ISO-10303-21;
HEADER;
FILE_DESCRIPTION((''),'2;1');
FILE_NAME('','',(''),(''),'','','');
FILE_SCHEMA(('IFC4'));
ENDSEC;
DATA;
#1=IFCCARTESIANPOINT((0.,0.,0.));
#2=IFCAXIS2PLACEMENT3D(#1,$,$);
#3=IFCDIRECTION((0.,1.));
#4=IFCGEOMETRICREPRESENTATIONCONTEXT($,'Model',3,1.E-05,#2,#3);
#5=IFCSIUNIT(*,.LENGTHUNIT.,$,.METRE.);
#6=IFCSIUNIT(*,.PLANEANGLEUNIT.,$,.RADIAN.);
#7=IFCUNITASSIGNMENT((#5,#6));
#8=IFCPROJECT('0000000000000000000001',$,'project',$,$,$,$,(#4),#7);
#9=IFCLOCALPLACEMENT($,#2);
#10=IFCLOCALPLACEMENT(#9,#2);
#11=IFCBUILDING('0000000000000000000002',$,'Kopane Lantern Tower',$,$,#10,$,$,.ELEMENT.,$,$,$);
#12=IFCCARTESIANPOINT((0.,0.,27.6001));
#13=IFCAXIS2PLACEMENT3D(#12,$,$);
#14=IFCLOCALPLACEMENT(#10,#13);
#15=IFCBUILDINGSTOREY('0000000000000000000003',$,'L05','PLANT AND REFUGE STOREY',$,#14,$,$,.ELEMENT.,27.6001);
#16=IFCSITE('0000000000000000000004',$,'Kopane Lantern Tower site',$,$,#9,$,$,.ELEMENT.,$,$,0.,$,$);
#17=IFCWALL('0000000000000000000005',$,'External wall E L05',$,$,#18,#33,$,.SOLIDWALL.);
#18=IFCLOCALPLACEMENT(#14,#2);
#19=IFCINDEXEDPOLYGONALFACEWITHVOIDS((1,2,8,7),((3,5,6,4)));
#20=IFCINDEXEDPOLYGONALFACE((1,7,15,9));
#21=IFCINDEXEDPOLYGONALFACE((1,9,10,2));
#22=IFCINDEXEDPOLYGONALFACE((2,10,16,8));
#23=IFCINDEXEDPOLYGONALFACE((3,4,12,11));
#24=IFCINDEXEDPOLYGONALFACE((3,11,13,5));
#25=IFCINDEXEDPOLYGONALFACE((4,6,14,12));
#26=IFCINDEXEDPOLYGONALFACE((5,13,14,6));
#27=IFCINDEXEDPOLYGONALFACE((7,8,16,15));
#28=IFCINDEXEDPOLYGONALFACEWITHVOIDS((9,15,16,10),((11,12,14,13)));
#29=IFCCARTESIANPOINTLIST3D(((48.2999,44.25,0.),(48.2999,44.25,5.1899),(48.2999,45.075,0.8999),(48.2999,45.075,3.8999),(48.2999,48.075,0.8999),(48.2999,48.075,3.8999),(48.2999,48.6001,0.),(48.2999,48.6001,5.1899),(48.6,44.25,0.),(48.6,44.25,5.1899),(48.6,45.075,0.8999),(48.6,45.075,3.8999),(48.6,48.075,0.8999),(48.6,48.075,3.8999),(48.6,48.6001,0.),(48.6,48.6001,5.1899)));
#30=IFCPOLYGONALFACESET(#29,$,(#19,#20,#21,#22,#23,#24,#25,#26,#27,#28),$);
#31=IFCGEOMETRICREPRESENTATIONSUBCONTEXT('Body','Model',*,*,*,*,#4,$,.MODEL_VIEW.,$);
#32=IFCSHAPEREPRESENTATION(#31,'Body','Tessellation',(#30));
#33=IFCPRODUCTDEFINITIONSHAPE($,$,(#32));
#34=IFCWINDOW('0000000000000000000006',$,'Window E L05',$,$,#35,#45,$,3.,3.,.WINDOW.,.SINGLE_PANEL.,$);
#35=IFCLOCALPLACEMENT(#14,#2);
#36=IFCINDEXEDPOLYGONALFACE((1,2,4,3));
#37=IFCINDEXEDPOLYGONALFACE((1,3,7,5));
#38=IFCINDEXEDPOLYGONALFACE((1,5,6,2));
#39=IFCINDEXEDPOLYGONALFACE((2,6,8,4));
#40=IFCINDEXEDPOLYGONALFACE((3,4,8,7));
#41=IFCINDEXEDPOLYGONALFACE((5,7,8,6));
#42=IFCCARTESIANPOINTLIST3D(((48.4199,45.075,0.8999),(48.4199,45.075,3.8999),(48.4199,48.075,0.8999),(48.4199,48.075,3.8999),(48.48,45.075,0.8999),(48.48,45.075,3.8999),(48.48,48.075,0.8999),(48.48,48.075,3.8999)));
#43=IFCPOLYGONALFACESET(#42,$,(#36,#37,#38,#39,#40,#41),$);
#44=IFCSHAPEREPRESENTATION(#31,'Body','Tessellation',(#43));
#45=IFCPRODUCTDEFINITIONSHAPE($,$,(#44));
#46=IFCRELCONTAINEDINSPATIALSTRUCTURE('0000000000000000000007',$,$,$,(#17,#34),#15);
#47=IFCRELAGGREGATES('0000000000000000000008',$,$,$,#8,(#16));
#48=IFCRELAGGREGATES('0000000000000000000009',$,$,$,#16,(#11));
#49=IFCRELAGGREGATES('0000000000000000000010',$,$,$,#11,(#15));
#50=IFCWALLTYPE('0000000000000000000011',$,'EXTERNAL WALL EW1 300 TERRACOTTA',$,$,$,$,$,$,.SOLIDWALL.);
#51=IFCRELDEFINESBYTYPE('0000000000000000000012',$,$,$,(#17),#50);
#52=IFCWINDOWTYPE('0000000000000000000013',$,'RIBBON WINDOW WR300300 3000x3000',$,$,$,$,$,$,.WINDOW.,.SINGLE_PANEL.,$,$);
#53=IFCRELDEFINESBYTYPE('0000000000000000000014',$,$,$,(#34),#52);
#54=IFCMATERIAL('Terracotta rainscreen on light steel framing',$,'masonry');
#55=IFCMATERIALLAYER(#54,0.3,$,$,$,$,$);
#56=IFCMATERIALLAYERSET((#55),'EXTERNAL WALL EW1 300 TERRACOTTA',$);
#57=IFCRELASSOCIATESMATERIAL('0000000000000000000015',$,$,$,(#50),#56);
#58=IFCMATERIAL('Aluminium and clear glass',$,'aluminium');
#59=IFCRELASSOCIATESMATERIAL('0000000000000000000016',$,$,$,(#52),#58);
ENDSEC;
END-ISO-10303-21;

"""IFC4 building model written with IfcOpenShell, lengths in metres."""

from ifc_helpers import new_model, si_unit, direction, frame, frame_2d, origin, place, context, subcontext, project, spatial, rectangle, extrude, material, layer, layer_set, type_object, element, fill, save


model = new_model("IFC4")

# Units and contexts
model_context = context("Model", 3, precision=1e-05, world=origin(), true_north=direction((0.0, 1.0)))
body_context = subcontext(model_context, "Body", "Model", "MODEL_VIEW")
ifc_project = project(units=[si_unit("LENGTHUNIT", "METRE"), si_unit("PLANEANGLEUNIT", "RADIAN")], contexts=[model_context])

# Site, building, storey
site_placement = place(None, origin())
site = spatial("IfcSite", under=ifc_project, at=site_placement, Name="Kopane Lantern Tower site", CompositionType="ELEMENT", RefElevation=0.0)
building_placement = place(site_placement, origin())
building = spatial("IfcBuilding", under=site, at=building_placement, Name="Kopane Lantern Tower", CompositionType="ELEMENT")
storey_placement = place(building_placement, frame((0.0, 0.0, 27.6001)))
storey = spatial("IfcBuildingStorey", under=building, at=storey_placement, Name="L05", Description="PLANT AND REFUGE STOREY", CompositionType="ELEMENT", Elevation=27.6001)

# Wall, opening, window
ifc_material_1 = material(Name="Terracotta rainscreen on light steel framing", Category="masonry")
ifc_layer_1 = layer(ifc_material_1, 0.3)
ifc_layer_set_1 = layer_set([ifc_layer_1], Name="EXTERNAL WALL EW1 300 TERRACOTTA")
wall_type_1 = type_object("IfcWallType", Name="EXTERNAL WALL EW1 300 TERRACOTTA", PredefinedType="SOLIDWALL", material=ifc_layer_set_1)
wall_1_placement = place(storey_placement, frame((48.45, 44.25, 0.0), z_axis=(0.0, 0.0, 1.0), x_axis=(0.0, 1.0, 0.0)))
wall_1 = element("IfcWall", 1, at=wall_1_placement, inside=storey, type_object=wall_type_1, Name="External wall E L05", PredefinedType="SOLIDWALL", context=body_context, shape_type="SweptSolid", body=[
    extrude(rectangle(XDim=4.3501, YDim=0.3, at=frame_2d((2.175, 0.0))), origin(), (0.0, 0.0, 1.0), 5.1899),
])
opening_1_placement = place(wall_1_placement, frame((0.825, 0.0, 0.8999)))
opening_1 = element("IfcOpeningElement", 2, at=opening_1_placement, cuts=wall_1, PredefinedType="OPENING", context=body_context, shape_type="SweptSolid", body=[
    extrude(rectangle(XDim=3.0, YDim=3.0, at=frame_2d((1.5, 1.5))), frame((0.0, 0.1599, 0.0), z_axis=(0.0, -1.0, 0.0), x_axis=(1.0, 0.0, 0.0)), (0.0, 0.0, 1.0), 0.3201),
])
ifc_material_2 = material(Name="Aluminium and clear glass", Category="aluminium")
window_type_1 = type_object("IfcWindowType", Name="RIBBON WINDOW WR300300 3000x3000", PartitioningType="SINGLE_PANEL", PredefinedType="WINDOW", material=ifc_material_2)
window_1_placement = place(opening_1_placement, origin())
window_1 = element("IfcWindow", 3, at=window_1_placement, inside=storey, type_object=window_type_1, Name="Window E L05", OverallHeight=3.0, OverallWidth=3.0, PartitioningType="SINGLE_PANEL", PredefinedType="WINDOW", context=body_context, shape_type="SweptSolid", body=[
    extrude(rectangle(XDim=3.0, YDim=3.0, at=frame_2d((1.5, 1.5))), frame((0.0, 0.03, 0.0), z_axis=(0.0, -1.0, 0.0), x_axis=(1.0, 0.0, 0.0)), (0.0, 0.0, 1.0), 0.0601),
])
fill(opening_1, window_1)

save(model, "model.ifc")
